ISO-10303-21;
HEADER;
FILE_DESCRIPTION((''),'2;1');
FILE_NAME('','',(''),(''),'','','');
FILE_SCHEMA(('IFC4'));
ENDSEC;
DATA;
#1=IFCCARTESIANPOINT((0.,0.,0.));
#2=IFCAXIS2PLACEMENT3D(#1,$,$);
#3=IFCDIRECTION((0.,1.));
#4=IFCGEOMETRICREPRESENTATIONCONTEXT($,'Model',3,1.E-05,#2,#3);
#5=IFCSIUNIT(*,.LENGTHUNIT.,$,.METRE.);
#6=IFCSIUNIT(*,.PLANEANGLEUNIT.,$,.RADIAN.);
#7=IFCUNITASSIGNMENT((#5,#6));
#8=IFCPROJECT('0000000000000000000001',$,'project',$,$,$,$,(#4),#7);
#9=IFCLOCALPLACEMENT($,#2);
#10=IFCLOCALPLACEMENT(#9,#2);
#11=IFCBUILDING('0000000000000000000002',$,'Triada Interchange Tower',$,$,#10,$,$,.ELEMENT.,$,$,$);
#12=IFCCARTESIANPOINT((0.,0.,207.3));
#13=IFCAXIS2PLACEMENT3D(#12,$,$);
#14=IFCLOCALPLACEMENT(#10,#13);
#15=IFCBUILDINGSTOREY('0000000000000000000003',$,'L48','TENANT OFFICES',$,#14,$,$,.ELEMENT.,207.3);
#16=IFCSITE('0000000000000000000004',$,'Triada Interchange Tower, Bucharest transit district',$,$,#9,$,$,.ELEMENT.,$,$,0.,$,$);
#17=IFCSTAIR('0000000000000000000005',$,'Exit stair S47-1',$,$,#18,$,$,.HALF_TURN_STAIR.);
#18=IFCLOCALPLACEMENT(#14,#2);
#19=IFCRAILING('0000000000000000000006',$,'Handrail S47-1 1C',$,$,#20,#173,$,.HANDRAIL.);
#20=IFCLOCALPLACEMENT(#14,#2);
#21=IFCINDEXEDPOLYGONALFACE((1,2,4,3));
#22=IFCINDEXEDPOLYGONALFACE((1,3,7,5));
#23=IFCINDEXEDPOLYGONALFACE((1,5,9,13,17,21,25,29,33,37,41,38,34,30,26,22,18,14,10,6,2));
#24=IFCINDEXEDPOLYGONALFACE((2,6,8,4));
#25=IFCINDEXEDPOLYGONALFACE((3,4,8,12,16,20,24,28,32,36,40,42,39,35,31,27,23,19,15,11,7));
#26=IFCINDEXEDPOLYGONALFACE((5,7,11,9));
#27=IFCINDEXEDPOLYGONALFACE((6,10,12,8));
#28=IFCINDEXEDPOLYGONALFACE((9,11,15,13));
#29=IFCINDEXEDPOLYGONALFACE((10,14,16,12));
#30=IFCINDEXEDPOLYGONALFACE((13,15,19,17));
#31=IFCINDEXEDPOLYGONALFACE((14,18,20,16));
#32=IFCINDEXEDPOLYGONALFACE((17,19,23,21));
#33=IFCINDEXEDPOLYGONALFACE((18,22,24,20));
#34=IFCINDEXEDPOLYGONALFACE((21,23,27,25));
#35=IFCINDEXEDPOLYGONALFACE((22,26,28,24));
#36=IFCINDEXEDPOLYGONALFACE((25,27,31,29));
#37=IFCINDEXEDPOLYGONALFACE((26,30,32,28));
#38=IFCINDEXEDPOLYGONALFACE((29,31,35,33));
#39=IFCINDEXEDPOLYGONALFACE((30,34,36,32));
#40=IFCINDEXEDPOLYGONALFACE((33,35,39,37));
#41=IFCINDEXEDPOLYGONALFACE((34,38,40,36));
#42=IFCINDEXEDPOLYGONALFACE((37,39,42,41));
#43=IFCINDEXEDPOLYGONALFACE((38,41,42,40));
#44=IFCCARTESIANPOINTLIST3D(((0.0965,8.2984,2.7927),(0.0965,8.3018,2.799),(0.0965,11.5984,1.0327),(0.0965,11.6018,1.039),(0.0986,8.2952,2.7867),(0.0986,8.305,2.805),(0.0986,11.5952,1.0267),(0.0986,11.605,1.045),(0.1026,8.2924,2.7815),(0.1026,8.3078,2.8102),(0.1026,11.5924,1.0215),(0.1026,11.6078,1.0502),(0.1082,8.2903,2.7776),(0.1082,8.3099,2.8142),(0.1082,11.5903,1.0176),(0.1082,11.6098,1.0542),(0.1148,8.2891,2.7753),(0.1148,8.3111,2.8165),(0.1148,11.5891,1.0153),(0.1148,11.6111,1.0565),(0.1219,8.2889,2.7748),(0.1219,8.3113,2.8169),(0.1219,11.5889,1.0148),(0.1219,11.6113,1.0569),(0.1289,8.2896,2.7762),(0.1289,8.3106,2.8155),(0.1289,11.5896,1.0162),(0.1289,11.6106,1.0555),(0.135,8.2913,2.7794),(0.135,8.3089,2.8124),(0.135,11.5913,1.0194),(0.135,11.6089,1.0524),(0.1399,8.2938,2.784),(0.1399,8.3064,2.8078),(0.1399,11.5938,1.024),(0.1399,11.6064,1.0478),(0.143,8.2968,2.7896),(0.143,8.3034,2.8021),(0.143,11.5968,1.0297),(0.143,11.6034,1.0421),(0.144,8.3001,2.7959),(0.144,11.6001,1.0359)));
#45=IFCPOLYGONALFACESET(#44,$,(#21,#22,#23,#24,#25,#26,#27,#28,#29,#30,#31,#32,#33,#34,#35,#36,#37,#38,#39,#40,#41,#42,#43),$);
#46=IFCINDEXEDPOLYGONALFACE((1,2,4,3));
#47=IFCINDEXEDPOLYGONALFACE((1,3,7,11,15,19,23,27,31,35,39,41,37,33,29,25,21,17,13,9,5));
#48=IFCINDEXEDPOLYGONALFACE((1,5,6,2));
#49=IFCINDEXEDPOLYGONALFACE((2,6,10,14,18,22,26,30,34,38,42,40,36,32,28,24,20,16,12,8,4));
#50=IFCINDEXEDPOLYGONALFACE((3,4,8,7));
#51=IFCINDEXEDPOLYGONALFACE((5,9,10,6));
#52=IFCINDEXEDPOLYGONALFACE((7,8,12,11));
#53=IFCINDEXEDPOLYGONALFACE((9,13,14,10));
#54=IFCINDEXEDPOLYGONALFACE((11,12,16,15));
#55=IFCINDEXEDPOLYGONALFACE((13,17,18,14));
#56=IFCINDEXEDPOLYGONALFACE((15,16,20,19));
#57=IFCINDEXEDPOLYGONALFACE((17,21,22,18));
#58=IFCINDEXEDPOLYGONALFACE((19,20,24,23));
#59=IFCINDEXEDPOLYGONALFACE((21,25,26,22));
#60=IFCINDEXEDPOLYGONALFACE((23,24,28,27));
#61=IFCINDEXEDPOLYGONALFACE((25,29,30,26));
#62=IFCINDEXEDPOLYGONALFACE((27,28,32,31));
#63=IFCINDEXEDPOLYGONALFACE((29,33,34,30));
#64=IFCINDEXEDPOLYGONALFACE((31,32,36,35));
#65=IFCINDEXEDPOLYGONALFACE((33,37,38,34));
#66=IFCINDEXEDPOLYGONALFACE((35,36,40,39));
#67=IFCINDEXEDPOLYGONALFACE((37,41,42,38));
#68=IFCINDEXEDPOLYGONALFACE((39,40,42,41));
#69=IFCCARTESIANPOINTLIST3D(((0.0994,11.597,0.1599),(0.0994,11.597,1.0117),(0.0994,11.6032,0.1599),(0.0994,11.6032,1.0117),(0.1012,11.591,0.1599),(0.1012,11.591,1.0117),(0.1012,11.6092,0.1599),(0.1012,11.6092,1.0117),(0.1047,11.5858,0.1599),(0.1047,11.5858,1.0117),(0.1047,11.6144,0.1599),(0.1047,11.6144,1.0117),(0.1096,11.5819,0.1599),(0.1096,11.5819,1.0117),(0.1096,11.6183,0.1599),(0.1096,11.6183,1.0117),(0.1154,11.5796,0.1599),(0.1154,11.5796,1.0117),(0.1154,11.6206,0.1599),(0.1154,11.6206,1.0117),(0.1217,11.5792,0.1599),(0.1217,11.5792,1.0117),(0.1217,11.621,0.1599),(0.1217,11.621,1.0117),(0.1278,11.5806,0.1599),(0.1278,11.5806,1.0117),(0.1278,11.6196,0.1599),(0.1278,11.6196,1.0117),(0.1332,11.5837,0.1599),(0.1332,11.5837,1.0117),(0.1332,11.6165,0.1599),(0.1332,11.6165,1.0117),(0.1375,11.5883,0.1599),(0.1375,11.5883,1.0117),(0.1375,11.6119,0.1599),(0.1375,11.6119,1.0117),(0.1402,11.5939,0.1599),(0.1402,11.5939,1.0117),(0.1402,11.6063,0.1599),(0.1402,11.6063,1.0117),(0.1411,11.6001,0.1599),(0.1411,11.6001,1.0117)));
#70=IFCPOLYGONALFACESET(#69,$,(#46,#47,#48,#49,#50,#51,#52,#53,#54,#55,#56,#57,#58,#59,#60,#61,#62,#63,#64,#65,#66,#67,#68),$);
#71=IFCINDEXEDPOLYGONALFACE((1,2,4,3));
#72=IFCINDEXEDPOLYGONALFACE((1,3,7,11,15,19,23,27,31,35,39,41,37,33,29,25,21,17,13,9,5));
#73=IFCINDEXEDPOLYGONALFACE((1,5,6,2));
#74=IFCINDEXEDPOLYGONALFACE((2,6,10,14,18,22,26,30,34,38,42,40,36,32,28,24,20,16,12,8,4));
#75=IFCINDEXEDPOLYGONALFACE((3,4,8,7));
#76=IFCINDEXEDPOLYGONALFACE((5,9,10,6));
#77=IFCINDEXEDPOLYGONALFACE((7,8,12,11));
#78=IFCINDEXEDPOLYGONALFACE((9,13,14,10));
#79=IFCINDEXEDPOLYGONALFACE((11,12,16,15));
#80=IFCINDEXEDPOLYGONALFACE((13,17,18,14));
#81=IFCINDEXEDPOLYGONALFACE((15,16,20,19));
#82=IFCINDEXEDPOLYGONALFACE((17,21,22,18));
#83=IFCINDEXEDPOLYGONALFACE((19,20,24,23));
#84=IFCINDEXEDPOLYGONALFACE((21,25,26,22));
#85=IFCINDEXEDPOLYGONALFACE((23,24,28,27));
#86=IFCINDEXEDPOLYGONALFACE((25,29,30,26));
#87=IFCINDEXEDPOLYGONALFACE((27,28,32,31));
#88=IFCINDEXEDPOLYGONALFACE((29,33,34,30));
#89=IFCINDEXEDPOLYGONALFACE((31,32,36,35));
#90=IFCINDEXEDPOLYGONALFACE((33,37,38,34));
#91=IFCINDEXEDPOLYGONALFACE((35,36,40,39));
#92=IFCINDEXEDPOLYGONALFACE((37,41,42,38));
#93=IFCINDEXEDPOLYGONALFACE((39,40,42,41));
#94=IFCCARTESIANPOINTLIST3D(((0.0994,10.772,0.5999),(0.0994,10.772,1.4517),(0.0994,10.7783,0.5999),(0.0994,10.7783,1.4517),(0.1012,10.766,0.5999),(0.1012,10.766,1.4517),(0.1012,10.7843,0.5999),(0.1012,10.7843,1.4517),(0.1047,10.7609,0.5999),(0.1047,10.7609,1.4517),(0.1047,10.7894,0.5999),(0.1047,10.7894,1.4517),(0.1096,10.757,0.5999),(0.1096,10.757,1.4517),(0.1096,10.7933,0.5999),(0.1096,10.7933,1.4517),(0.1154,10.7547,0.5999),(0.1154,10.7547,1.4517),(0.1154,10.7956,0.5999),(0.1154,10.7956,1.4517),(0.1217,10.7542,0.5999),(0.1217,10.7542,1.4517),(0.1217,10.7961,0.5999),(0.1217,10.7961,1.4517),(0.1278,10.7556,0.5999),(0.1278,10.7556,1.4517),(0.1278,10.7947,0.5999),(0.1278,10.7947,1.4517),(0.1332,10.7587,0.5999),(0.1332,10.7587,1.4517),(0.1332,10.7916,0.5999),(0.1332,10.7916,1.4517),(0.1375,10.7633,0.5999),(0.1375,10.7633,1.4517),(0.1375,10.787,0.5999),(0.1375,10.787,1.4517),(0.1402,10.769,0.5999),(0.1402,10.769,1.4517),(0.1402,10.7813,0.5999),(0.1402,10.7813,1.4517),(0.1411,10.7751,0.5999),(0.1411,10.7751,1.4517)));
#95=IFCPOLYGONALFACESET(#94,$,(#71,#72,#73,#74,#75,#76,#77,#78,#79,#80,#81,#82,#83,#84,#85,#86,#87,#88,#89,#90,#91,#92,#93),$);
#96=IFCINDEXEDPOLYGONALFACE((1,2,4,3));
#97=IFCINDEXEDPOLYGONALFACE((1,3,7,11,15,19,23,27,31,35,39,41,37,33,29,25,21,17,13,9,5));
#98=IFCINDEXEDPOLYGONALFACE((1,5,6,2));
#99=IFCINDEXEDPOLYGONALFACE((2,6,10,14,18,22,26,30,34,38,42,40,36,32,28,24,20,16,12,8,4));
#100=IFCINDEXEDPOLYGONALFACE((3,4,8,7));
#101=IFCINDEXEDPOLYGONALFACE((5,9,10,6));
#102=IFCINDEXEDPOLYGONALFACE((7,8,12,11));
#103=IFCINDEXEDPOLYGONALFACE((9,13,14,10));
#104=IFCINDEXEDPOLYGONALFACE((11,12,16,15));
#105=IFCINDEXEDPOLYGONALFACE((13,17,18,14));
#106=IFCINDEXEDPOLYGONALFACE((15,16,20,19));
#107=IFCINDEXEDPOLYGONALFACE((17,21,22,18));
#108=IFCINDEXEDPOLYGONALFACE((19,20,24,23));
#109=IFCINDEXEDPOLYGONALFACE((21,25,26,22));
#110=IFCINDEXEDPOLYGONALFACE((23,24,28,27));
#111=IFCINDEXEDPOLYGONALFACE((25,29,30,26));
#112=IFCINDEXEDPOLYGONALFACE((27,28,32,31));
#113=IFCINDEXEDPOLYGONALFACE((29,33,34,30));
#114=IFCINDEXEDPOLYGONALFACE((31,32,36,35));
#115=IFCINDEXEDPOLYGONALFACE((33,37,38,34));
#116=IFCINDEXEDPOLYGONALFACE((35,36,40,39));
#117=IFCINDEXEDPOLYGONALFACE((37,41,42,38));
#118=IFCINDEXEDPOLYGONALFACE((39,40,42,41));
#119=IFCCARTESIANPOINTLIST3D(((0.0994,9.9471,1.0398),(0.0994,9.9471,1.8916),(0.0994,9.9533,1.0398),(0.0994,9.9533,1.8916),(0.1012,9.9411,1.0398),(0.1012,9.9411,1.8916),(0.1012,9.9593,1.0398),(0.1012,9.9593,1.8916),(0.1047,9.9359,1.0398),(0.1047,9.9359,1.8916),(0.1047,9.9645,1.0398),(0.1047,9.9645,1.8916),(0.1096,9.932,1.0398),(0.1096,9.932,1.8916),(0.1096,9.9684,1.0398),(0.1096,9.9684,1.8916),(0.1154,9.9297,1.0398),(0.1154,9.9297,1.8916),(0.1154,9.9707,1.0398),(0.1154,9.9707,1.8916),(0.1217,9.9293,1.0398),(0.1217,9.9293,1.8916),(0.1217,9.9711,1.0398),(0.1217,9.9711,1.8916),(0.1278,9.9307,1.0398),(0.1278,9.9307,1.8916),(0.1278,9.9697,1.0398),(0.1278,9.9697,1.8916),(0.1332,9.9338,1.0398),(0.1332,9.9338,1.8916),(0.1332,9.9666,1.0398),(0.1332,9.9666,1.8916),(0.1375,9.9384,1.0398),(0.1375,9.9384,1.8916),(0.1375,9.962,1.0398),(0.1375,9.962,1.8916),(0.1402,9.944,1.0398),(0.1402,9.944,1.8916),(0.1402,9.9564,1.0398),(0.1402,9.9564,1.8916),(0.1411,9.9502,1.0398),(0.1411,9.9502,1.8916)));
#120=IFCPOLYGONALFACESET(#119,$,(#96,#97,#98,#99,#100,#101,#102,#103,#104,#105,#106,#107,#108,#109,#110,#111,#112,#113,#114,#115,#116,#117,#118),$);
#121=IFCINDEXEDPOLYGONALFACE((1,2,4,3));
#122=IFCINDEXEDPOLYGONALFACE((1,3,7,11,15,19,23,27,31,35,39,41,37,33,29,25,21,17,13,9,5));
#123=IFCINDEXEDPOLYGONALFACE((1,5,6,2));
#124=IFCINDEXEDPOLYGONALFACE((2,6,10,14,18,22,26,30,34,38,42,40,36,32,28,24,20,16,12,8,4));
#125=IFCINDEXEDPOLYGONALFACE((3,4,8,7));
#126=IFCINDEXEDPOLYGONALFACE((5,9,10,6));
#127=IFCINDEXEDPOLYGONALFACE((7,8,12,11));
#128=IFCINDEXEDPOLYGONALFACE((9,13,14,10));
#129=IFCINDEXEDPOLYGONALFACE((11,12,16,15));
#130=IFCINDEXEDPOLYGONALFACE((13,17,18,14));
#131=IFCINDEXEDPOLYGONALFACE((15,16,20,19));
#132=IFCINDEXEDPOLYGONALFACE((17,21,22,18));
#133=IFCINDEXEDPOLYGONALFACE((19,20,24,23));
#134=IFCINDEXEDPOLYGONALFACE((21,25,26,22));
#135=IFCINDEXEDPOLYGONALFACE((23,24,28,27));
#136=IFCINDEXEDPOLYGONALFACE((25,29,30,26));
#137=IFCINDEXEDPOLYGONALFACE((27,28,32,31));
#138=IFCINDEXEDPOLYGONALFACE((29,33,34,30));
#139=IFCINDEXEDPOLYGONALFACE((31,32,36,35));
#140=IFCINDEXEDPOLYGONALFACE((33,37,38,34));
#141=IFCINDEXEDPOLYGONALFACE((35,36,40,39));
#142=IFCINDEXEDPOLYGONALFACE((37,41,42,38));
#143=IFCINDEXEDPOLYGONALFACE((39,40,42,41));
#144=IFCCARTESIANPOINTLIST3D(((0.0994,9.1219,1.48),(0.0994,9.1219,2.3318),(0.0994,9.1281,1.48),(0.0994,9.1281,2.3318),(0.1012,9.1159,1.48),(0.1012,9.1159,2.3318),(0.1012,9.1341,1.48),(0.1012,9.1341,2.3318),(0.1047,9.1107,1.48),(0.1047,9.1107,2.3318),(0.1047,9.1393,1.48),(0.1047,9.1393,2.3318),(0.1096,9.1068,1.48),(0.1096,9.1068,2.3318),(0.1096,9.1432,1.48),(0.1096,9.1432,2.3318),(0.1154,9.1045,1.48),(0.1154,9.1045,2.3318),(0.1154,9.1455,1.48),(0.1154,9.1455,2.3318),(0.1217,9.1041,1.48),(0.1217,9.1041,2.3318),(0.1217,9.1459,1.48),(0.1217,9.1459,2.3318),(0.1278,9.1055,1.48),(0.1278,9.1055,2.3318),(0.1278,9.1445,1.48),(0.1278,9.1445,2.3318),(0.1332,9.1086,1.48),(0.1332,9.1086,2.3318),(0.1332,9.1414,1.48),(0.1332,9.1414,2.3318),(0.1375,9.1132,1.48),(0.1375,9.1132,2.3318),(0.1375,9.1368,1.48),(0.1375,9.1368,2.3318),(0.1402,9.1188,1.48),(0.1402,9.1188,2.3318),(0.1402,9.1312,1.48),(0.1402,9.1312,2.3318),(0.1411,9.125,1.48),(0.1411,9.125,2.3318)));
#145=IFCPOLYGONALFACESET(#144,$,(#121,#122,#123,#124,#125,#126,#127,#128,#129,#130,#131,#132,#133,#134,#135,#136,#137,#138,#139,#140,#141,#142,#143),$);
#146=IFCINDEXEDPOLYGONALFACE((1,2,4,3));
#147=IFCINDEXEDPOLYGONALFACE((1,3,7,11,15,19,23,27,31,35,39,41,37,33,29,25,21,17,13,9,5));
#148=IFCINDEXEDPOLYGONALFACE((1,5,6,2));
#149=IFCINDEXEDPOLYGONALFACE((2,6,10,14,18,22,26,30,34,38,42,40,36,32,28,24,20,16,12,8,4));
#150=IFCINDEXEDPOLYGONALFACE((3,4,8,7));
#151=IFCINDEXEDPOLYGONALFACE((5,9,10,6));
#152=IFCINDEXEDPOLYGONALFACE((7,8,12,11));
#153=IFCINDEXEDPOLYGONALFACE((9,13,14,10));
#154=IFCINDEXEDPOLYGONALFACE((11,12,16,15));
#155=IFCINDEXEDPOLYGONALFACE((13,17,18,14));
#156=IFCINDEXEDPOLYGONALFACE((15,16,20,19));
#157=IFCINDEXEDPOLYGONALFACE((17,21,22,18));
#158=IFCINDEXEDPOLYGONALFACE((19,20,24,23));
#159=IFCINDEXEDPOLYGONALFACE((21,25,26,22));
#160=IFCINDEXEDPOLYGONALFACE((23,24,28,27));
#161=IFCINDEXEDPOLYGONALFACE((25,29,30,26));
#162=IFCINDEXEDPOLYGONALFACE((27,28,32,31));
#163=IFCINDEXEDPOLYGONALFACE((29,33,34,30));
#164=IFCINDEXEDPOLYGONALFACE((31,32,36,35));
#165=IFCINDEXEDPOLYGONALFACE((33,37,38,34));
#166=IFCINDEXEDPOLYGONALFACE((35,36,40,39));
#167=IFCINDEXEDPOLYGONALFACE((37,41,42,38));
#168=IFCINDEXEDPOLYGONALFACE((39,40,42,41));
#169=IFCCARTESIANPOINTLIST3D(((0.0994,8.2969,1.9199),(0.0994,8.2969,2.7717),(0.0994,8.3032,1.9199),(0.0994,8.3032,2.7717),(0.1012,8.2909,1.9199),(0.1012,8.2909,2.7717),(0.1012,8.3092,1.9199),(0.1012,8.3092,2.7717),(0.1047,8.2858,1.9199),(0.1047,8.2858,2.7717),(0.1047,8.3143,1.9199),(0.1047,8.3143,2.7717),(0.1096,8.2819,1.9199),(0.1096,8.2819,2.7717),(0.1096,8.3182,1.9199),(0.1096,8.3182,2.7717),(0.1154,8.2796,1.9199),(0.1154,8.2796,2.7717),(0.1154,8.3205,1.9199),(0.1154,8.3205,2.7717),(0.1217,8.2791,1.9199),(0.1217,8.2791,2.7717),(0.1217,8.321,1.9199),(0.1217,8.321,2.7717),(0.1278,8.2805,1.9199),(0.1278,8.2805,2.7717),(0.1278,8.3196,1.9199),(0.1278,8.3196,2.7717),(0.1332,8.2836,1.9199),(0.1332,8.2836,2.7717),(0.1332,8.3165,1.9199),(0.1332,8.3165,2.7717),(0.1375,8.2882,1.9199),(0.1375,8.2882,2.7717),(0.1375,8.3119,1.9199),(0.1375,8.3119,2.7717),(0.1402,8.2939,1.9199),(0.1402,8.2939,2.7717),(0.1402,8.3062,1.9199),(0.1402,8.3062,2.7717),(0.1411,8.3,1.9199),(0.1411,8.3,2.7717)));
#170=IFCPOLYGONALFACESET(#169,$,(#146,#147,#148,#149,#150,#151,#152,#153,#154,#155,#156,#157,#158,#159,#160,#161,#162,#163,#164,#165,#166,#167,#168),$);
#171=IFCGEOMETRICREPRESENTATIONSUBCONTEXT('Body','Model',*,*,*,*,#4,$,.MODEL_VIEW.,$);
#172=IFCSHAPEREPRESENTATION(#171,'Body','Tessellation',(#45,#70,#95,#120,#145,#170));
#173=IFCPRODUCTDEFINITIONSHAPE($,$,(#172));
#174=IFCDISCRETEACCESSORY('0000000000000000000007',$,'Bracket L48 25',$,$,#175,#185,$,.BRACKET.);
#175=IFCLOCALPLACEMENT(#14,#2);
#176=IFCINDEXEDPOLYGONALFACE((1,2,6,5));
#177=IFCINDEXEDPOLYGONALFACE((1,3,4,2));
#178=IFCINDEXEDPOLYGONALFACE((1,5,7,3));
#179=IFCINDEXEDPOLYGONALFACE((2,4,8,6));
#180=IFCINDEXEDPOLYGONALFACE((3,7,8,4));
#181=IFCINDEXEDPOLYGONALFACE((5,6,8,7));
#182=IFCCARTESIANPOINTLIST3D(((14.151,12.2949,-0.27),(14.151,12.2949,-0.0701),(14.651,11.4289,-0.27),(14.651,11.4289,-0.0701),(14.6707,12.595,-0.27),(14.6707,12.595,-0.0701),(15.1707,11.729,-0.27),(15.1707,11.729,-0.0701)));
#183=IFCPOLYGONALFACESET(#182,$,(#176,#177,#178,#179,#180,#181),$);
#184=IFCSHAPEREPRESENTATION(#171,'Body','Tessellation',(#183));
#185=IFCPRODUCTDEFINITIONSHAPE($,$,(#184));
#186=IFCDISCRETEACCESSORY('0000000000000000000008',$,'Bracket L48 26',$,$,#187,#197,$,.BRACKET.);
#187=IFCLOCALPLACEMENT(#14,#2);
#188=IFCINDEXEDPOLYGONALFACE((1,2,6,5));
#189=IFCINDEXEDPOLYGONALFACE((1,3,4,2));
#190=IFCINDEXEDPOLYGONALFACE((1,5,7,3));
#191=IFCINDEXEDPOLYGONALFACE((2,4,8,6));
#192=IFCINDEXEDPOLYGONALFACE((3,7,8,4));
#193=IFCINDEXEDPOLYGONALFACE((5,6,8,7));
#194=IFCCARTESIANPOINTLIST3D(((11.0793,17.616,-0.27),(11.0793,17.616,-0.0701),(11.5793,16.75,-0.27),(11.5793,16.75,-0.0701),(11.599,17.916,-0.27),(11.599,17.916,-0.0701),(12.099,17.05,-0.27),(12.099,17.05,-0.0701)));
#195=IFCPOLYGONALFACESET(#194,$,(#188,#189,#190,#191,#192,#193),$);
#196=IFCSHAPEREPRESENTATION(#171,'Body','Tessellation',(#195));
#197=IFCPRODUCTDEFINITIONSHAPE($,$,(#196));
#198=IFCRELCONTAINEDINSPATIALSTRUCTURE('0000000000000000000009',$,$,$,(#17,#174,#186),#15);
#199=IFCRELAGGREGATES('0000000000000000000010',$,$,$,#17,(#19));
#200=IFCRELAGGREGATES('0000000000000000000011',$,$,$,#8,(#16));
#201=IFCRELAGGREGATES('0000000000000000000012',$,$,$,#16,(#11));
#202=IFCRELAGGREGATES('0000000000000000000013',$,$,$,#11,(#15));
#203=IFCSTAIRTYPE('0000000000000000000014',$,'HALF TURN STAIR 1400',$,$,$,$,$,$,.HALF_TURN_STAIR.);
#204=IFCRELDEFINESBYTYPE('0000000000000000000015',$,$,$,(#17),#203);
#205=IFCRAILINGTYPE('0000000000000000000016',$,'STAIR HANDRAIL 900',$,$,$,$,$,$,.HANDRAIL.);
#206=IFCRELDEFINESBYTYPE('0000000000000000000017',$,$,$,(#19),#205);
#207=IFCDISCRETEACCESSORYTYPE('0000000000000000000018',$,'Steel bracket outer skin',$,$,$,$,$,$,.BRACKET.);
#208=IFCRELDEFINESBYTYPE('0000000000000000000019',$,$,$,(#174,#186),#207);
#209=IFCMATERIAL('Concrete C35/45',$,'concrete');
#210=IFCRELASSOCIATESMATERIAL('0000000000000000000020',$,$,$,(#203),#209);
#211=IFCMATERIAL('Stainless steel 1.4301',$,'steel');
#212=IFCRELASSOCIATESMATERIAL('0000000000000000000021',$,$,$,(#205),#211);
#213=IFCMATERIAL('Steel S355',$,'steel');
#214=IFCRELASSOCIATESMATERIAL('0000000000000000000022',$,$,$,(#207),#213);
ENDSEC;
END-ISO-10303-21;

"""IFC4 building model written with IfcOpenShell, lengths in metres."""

from ifc_helpers import new_model, si_unit, direction, frame, origin, origin_2d, place, context, subcontext, project, spatial, rectangle, circle, extrude, material, type_object, element, aggregate, save


model = new_model("IFC4")

# Units and contexts
model_context = context("Model", 3, precision=1e-05, world=origin(), true_north=direction((0.0, 1.0)))
body_context = subcontext(model_context, "Body", "Model", "MODEL_VIEW")
ifc_project = project(units=[si_unit("LENGTHUNIT", "METRE"), si_unit("PLANEANGLEUNIT", "RADIAN")], contexts=[model_context])

# Site, building, storey
site_placement = place(None, origin())
site = spatial("IfcSite", under=ifc_project, at=site_placement, Name="Triada Interchange Tower, Bucharest transit district", CompositionType="ELEMENT", RefElevation=0.0)
building_placement = place(site_placement, origin())
building = spatial("IfcBuilding", under=site, at=building_placement, Name="Triada Interchange Tower", CompositionType="ELEMENT")
storey_placement = place(building_placement, frame((0.0, 0.0, 207.3)))
storey = spatial("IfcBuildingStorey", under=building, at=storey_placement, Name="L48", Description="TENANT OFFICES", CompositionType="ELEMENT", Elevation=207.3)

# Stair
ifc_material_1 = material(Name="Concrete C35/45", Category="concrete")
stair_type = type_object("IfcStairType", Name="HALF TURN STAIR 1400", PredefinedType="HALF_TURN_STAIR", material=ifc_material_1)
stair_placement = place(storey_placement, origin())
stair = element("IfcStair", 1, at=stair_placement, inside=storey, type_object=stair_type, Name="Exit stair S47-1", PredefinedType="HALF_TURN_STAIR")

# Railing
ifc_material_2 = material(Name="Stainless steel 1.4301", Category="steel")
railing_type = type_object("IfcRailingType", Name="STAIR HANDRAIL 900", PredefinedType="HANDRAIL", material=ifc_material_2)
railing_1_placement = place(storey_placement, frame((0.1201, 11.6001, 0.1599)))
railing_1 = element("IfcRailing", 2, at=railing_1_placement, type_object=railing_type, Name="Handrail S47-1 1C", PredefinedType="HANDRAIL", context=body_context, shape_type="SweptSolid", body=[
    extrude(circle(Radius=0.0239, at=origin_2d()), frame((0.0, 0.0, 0.876), z_axis=(0.0, -0.882355, 0.470585), x_axis=(1.0, 0.0, 0.0)), (0.0, 0.0, 1.0), 3.74),
    extrude(circle(Radius=0.021, at=origin_2d()), origin(), (0.0, 0.0, 1.0), 0.8518),
    extrude(circle(Radius=0.021, at=origin_2d()), frame((0.0, -0.825, 0.4399)), (0.0, 0.0, 1.0), 0.8518),
    extrude(circle(Radius=0.021, at=origin_2d()), frame((0.0, -1.6499, 0.8799)), (0.0, 0.0, 1.0), 0.8518),
    extrude(circle(Radius=0.021, at=origin_2d()), frame((0.0, -2.4751, 1.3201)), (0.0, 0.0, 1.0), 0.8518),
    extrude(circle(Radius=0.021, at=origin_2d()), frame((0.0, -3.3, 1.76)), (0.0, 0.0, 1.0), 0.8518),
])
aggregate(stair, [railing_1])

# Discrete accessories
ifc_material_3 = material(Name="Steel S355", Category="steel")
discrete_accessory_type = type_object("IfcDiscreteAccessoryType", Name="Steel bracket outer skin", PredefinedType="BRACKET", material=ifc_material_3)
for number, where, z_axis, x_axis, name in (
    (3, (14.6609, 12.012, -0.27), (0.0, 0.0, 1.0), (0.866021, 0.500007, 0.0), "Bracket L48 25"),
    (4, (11.5891, 17.333, -0.27), (0.0, 0.0, 1.0), (0.866021, 0.500007, 0.0), "Bracket L48 26"),
):
    element("IfcDiscreteAccessory", number, at=place(storey_placement, frame(where, z_axis=z_axis, x_axis=x_axis)), inside=storey, type_object=discrete_accessory_type, Name=name, PredefinedType="BRACKET", context=body_context, shape_type="SweptSolid", body=[
        extrude(rectangle(XDim=0.6001, YDim=1.0, at=origin_2d()), origin(), (0.0, 0.0, 1.0), 0.2),
    ])

save(model, "model.ifc")
